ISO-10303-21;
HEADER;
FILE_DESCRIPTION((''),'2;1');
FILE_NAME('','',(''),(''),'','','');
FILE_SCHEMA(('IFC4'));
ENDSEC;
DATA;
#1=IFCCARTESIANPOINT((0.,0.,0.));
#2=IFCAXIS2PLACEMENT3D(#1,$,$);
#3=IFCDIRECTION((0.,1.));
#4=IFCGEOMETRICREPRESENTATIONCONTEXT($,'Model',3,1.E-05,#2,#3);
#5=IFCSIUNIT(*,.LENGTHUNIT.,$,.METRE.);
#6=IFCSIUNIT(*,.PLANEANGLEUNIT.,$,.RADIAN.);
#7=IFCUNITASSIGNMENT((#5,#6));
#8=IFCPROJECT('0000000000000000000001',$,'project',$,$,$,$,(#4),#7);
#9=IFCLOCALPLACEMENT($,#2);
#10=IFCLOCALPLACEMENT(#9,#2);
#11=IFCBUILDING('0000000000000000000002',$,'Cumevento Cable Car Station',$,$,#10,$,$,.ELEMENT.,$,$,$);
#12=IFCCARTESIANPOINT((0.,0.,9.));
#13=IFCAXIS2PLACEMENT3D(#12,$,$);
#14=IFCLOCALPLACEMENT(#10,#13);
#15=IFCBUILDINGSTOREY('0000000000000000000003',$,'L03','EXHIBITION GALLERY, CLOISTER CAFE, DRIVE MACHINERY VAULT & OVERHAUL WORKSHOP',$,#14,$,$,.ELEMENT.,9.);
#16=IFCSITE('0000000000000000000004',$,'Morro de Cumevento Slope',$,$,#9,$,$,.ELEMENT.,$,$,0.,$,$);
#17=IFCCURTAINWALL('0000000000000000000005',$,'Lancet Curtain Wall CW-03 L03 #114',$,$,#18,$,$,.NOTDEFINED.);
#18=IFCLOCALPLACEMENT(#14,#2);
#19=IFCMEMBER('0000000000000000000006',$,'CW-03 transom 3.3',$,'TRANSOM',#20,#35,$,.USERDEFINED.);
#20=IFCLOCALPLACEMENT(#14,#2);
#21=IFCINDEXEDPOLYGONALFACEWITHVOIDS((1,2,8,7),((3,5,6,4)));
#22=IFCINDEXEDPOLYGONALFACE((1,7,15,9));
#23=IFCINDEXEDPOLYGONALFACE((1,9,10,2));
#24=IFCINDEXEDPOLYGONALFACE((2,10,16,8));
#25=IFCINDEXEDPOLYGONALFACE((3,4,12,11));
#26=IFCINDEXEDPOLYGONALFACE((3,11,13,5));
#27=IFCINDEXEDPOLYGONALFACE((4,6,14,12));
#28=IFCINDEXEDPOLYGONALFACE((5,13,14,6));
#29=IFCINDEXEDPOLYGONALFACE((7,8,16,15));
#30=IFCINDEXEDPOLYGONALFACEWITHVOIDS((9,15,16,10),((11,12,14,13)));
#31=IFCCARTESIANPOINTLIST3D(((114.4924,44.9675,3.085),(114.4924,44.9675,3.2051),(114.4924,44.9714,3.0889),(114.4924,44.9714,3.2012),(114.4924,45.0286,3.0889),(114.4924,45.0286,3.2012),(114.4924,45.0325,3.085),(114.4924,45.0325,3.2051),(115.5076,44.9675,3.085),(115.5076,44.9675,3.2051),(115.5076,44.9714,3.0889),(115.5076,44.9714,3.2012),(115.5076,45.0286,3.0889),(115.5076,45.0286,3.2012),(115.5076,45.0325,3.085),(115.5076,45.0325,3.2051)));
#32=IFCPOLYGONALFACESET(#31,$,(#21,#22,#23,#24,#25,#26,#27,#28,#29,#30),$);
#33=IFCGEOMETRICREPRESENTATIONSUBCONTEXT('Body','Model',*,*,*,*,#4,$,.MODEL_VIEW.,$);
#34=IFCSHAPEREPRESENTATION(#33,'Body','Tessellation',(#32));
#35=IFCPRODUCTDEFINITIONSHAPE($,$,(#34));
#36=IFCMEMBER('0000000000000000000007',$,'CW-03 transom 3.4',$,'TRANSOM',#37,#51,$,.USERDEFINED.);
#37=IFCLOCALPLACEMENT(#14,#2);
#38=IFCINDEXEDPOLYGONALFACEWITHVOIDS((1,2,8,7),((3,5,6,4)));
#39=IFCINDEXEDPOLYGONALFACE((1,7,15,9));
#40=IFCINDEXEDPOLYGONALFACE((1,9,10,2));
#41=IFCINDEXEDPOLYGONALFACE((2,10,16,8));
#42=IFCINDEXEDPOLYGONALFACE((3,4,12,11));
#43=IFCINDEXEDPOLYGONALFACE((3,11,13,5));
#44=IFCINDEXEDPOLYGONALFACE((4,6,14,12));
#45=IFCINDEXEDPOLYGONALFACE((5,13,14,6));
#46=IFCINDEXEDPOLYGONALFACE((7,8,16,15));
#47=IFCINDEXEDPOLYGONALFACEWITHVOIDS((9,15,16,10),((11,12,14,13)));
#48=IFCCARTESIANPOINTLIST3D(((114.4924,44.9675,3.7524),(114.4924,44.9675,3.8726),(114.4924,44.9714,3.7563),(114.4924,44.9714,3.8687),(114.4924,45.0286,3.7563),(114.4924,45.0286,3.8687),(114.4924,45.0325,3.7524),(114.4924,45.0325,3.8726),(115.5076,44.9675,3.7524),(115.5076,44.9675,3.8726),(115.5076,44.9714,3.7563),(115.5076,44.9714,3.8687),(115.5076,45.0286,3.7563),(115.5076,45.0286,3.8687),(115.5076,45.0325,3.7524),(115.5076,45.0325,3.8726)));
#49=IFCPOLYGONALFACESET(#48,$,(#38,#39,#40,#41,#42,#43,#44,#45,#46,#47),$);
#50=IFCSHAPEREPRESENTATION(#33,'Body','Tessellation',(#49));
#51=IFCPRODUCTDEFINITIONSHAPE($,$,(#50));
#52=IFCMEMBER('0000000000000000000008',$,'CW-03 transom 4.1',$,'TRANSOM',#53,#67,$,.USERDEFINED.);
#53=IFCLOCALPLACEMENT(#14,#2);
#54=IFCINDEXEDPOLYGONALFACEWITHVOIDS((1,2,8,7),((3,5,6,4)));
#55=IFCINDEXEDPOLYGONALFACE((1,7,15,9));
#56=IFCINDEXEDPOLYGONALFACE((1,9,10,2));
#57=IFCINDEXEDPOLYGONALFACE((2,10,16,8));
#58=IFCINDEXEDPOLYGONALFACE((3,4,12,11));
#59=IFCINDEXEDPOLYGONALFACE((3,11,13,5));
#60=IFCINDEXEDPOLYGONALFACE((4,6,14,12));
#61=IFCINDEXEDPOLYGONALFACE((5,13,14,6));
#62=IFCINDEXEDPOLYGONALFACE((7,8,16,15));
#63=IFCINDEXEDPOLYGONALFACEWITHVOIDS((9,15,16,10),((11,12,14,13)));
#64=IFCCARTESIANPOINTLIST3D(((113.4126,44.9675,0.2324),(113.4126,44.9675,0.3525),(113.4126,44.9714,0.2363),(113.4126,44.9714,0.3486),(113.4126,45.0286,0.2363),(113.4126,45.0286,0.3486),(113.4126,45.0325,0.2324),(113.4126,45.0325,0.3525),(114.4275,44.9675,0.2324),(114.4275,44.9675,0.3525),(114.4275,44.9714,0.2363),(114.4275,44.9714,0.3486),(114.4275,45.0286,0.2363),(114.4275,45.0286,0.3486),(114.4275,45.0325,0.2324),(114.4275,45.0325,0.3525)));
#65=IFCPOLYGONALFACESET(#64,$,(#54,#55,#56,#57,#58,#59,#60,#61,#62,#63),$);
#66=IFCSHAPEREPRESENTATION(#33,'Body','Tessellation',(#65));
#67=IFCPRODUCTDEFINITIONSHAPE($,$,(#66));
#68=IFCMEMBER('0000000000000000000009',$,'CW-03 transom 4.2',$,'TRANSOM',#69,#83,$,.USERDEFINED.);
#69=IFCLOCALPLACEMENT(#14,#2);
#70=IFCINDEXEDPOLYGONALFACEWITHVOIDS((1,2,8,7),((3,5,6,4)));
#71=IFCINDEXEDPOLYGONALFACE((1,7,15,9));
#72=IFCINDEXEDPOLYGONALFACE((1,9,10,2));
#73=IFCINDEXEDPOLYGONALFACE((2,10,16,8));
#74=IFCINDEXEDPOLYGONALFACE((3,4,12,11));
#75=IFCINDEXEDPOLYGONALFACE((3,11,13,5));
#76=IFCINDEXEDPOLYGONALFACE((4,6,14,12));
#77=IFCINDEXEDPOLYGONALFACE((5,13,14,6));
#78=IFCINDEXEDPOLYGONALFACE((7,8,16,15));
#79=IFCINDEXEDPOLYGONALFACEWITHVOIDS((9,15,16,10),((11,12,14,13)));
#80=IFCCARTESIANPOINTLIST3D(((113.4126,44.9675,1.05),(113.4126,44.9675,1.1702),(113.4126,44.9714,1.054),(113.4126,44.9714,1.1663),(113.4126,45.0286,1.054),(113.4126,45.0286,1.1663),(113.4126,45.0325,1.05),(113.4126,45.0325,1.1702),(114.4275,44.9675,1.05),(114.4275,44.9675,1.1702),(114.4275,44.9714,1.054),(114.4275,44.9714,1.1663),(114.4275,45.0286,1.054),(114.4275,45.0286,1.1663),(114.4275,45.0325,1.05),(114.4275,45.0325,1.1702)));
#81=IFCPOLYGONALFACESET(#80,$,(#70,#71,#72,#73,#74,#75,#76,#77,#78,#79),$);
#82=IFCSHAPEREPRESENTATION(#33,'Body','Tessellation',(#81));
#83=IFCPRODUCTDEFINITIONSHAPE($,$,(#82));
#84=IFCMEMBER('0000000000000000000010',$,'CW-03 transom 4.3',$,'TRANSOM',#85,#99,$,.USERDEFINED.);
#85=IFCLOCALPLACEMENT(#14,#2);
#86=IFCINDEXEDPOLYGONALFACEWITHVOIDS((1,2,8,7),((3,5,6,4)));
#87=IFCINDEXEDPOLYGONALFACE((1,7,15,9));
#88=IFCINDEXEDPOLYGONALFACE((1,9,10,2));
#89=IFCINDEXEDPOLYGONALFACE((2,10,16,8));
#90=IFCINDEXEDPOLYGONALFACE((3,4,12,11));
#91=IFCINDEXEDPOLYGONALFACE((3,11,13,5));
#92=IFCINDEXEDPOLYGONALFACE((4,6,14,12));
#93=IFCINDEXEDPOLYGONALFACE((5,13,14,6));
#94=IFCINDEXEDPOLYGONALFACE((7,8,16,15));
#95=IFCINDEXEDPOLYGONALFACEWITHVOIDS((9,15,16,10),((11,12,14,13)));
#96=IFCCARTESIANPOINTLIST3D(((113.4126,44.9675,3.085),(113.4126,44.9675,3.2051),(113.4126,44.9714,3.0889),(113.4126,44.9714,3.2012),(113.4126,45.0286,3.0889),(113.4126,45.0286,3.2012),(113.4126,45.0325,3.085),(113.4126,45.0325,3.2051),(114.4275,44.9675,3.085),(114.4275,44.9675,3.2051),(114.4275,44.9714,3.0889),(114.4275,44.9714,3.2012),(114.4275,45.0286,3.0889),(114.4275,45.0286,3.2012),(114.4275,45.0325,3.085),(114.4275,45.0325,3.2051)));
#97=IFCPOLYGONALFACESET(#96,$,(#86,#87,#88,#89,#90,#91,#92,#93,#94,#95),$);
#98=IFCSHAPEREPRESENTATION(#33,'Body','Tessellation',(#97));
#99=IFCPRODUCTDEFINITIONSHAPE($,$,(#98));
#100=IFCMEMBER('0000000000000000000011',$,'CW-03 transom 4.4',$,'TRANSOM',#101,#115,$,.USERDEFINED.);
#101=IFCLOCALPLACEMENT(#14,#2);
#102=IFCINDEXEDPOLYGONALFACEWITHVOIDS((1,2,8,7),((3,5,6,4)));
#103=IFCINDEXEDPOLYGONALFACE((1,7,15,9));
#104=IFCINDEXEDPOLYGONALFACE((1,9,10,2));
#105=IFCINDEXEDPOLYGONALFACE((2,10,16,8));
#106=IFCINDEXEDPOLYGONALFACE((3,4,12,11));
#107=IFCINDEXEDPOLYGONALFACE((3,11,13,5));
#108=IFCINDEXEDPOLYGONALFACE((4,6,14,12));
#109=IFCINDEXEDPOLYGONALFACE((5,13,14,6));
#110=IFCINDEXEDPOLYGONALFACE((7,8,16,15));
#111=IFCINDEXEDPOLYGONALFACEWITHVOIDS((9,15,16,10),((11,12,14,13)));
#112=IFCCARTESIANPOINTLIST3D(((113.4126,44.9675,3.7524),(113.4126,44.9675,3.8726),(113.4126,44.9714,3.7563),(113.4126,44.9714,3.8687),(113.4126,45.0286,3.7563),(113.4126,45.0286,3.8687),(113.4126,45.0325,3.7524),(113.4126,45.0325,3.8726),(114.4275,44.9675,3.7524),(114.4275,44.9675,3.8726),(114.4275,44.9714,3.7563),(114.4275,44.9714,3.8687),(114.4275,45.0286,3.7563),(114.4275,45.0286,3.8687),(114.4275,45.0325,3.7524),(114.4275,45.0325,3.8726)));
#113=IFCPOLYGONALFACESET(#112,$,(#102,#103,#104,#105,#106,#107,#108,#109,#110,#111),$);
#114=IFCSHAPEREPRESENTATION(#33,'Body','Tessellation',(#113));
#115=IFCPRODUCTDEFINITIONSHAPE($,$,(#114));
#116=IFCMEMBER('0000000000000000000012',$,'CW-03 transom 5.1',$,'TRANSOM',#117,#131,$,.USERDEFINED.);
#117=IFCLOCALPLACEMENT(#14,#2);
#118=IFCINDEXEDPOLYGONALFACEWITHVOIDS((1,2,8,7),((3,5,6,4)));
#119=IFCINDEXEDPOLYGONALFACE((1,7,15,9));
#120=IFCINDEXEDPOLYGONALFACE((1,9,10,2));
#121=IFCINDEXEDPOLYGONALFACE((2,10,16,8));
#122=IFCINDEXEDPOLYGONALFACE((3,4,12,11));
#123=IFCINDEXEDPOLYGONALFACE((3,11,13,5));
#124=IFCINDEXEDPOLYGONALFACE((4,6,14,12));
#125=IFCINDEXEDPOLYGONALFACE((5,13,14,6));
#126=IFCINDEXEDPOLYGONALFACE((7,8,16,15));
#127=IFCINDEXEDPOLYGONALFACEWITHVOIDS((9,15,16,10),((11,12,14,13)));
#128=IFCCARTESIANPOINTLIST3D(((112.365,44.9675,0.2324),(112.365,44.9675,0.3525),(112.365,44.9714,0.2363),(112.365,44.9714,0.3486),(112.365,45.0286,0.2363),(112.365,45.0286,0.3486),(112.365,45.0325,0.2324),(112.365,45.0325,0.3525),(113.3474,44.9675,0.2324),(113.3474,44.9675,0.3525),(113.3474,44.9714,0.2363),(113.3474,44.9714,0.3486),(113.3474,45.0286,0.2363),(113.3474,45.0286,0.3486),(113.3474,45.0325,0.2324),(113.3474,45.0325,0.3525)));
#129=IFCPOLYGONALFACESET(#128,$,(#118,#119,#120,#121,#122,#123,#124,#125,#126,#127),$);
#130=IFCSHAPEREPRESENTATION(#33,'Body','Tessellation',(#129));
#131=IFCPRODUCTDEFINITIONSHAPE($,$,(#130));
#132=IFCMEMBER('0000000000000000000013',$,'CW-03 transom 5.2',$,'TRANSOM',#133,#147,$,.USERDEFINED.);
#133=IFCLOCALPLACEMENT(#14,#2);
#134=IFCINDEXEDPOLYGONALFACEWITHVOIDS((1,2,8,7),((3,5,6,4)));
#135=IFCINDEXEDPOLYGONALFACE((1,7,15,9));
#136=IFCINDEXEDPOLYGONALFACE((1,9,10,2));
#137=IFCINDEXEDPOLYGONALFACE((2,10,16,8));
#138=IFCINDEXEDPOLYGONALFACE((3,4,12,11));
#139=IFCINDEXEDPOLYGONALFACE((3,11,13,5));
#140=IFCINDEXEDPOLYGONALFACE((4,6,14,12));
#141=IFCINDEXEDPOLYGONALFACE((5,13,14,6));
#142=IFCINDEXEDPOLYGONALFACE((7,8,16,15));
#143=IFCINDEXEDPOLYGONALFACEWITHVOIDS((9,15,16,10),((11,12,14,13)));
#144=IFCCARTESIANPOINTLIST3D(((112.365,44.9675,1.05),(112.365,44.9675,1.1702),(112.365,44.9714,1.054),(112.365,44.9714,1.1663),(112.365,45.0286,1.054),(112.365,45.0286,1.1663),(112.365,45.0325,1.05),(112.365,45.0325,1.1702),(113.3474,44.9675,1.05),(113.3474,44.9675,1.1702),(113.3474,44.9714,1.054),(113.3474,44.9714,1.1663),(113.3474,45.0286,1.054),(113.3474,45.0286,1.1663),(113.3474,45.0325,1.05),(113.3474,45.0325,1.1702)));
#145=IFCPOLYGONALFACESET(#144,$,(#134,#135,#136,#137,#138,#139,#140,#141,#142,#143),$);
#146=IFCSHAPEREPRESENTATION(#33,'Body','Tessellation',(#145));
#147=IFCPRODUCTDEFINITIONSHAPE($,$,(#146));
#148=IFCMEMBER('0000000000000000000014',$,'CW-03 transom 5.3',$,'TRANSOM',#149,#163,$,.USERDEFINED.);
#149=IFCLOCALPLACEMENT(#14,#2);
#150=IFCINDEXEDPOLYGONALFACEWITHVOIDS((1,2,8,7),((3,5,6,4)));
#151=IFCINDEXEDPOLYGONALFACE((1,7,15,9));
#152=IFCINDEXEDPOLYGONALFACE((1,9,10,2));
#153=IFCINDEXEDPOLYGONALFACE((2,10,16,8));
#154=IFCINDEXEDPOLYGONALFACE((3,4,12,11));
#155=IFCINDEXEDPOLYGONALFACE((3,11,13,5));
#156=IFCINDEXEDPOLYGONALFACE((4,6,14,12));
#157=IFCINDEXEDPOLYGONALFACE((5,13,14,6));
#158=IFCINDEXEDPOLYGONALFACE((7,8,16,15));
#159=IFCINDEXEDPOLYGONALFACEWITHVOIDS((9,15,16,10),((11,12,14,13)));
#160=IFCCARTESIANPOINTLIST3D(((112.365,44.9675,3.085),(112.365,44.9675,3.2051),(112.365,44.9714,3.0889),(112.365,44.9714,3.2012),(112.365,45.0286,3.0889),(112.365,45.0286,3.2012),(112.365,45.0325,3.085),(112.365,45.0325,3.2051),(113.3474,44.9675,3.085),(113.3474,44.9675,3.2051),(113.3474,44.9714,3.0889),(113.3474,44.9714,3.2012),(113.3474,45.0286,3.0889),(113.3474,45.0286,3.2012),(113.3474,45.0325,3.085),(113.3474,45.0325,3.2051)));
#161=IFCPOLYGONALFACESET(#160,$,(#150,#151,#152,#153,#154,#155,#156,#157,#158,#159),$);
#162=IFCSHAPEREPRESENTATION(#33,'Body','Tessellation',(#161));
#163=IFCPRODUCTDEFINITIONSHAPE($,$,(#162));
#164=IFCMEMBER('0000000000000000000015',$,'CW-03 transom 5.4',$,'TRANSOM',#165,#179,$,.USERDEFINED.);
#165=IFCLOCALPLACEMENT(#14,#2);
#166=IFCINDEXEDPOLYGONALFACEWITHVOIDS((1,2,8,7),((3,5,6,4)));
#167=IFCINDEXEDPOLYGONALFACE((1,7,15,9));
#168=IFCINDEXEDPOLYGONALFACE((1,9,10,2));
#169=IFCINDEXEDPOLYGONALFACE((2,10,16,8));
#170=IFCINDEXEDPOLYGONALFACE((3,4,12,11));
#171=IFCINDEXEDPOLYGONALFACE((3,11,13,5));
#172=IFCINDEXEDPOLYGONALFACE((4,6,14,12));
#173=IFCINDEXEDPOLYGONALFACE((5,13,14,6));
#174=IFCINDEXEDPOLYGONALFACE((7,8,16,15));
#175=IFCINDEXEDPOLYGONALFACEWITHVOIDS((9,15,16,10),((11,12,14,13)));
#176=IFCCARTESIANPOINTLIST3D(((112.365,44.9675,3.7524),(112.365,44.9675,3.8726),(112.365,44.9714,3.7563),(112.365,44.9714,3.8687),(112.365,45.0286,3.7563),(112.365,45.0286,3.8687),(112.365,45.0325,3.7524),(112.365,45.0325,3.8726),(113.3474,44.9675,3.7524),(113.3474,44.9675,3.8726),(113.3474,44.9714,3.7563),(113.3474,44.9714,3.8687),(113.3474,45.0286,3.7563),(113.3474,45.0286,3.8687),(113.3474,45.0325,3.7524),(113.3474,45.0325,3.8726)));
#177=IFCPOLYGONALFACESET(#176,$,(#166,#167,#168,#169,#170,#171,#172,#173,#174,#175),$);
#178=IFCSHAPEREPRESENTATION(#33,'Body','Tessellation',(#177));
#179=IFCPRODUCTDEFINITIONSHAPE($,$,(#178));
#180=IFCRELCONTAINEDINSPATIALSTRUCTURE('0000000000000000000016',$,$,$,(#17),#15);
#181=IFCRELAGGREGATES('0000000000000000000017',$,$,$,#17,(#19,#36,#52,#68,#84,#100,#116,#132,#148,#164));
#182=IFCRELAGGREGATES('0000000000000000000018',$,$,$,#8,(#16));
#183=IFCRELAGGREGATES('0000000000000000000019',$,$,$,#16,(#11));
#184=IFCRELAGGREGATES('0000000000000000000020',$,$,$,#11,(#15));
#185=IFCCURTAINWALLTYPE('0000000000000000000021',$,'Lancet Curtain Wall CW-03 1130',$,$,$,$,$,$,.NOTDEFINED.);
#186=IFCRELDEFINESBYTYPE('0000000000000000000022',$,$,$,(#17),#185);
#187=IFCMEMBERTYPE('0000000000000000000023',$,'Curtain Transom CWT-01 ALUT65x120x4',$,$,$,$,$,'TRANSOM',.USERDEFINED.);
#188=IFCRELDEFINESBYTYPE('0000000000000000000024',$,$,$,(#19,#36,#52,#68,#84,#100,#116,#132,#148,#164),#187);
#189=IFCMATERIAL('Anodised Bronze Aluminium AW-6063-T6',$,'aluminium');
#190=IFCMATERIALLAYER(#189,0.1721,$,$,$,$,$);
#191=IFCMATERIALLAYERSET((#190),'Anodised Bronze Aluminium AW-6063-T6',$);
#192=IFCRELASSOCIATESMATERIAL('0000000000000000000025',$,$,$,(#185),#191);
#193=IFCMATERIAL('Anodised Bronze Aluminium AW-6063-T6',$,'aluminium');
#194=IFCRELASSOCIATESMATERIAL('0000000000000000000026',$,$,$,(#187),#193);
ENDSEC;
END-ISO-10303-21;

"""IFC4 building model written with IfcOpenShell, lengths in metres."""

from ifc_helpers import new_model, si_unit, direction, frame, origin, origin_2d, place, context, subcontext, project, spatial, hollow_rectangle, extrude, material, layer, layer_set, material_profile, profile_set, type_object, element, aggregate, save


model = new_model("IFC4")

# Units and contexts
model_context = context("Model", 3, precision=1e-05, world=origin(), true_north=direction((0.0, 1.0)))
body_context = subcontext(model_context, "Body", "Model", "MODEL_VIEW")
ifc_project = project(units=[si_unit("LENGTHUNIT", "METRE"), si_unit("PLANEANGLEUNIT", "RADIAN")], contexts=[model_context])

# Site, building, storey
site_placement = place(None, origin())
site = spatial("IfcSite", under=ifc_project, at=site_placement, Name="Morro de Cumevento Slope", CompositionType="ELEMENT", RefElevation=0.0)
building_placement = place(site_placement, origin())
building = spatial("IfcBuilding", under=site, at=building_placement, Name="Cumevento Cable Car Station", CompositionType="ELEMENT")
storey_placement = place(building_placement, frame((0.0, 0.0, 9.0)))
storey = spatial("IfcBuildingStorey", under=building, at=storey_placement, Name="L03", Description="EXHIBITION GALLERY, CLOISTER CAFE, DRIVE MACHINERY VAULT & OVERHAUL WORKSHOP", CompositionType="ELEMENT", Elevation=9.0)

# Curtain wall, members
ifc_material_1 = material(Name="Anodised Bronze Aluminium AW-6063-T6", Category="aluminium")
ifc_layer_1 = layer(ifc_material_1, 0.1721)
ifc_layer_set_1 = layer_set([ifc_layer_1], Name="Anodised Bronze Aluminium AW-6063-T6")
curtain_wall_type = type_object("IfcCurtainWallType", Name="Lancet Curtain Wall CW-03 1130", PredefinedType="NOTDEFINED", material=ifc_layer_set_1)
curtain_wall_placement = place(storey_placement, origin())
curtain_wall = element("IfcCurtainWall", 1, at=curtain_wall_placement, inside=storey, type_object=curtain_wall_type, Name="Lancet Curtain Wall CW-03 L03 #114", PredefinedType="NOTDEFINED")
ifc_material_2 = material(Name="Anodised Bronze Aluminium AW-6063-T6", Category="aluminium")
ifc_material_profile_1 = material_profile(ifc_material_2, hollow_rectangle(XDim=0.0649, YDim=0.1201, WallThickness=0.0039, at=origin_2d()), Name="ALUT65x120x4")
ifc_profile_set_1 = profile_set([ifc_material_profile_1], Name="Anodised Bronze Aluminium AW-6063-T6")
member_type_1 = type_object("IfcMemberType", Name="Curtain Transom CWT-01 ALUT65x120x4", ElementType="TRANSOM", PredefinedType="USERDEFINED", material=ifc_profile_set_1)
member_1_placement = place(storey_placement, frame((115.5076, 45.0, 3.145), z_axis=(-1.0, 0.0, 0.0), x_axis=(0.0, -1.0, 0.0)))
member_1 = element("IfcMember", 2, at=member_1_placement, type_object=member_type_1, Name="CW-03 transom 3.3", ObjectType="TRANSOM", PredefinedType="USERDEFINED", context=body_context, shape_type="SweptSolid", body=[
    extrude(hollow_rectangle(XDim=0.0649, YDim=0.1201, WallThickness=0.0039, at=origin_2d()), origin(), (0.0, 0.0, 1.0), 1.0151),
])
member_2_placement = place(storey_placement, frame((115.5076, 45.0, 3.8125), z_axis=(-1.0, 0.0, 0.0), x_axis=(0.0, -1.0, 0.0)))
member_2 = element("IfcMember", 3, at=member_2_placement, type_object=member_type_1, Name="CW-03 transom 3.4", ObjectType="TRANSOM", PredefinedType="USERDEFINED", context=body_context, shape_type="SweptSolid", body=[
    extrude(hollow_rectangle(XDim=0.0649, YDim=0.1201, WallThickness=0.0039, at=origin_2d()), origin(), (0.0, 0.0, 1.0), 1.0151),
])
member_3_placement = place(storey_placement, frame((114.4275, 45.0, 0.2925), z_axis=(-1.0, 0.0, 0.0), x_axis=(0.0, -1.0, 0.0)))
member_3 = element("IfcMember", 4, at=member_3_placement, type_object=member_type_1, Name="CW-03 transom 4.1", ObjectType="TRANSOM", PredefinedType="USERDEFINED", context=body_context, shape_type="SweptSolid", body=[
    extrude(hollow_rectangle(XDim=0.0649, YDim=0.1201, WallThickness=0.0039, at=origin_2d()), origin(), (0.0, 0.0, 1.0), 1.0149),
])
member_4_placement = place(storey_placement, frame((114.4275, 45.0, 1.1101), z_axis=(-1.0, 0.0, 0.0), x_axis=(0.0, -1.0, 0.0)))
member_4 = element("IfcMember", 5, at=member_4_placement, type_object=member_type_1, Name="CW-03 transom 4.2", ObjectType="TRANSOM", PredefinedType="USERDEFINED", context=body_context, shape_type="SweptSolid", body=[
    extrude(hollow_rectangle(XDim=0.0649, YDim=0.1201, WallThickness=0.0039, at=origin_2d()), origin(), (0.0, 0.0, 1.0), 1.0149),
])
member_5_placement = place(storey_placement, frame((114.4275, 45.0, 3.145), z_axis=(-1.0, 0.0, 0.0), x_axis=(0.0, -1.0, 0.0)))
member_5 = element("IfcMember", 6, at=member_5_placement, type_object=member_type_1, Name="CW-03 transom 4.3", ObjectType="TRANSOM", PredefinedType="USERDEFINED", context=body_context, shape_type="SweptSolid", body=[
    extrude(hollow_rectangle(XDim=0.0649, YDim=0.1201, WallThickness=0.0039, at=origin_2d()), origin(), (0.0, 0.0, 1.0), 1.0149),
])
member_6_placement = place(storey_placement, frame((114.4275, 45.0, 3.8125), z_axis=(-1.0, 0.0, 0.0), x_axis=(0.0, -1.0, 0.0)))
member_6 = element("IfcMember", 7, at=member_6_placement, type_object=member_type_1, Name="CW-03 transom 4.4", ObjectType="TRANSOM", PredefinedType="USERDEFINED", context=body_context, shape_type="SweptSolid", body=[
    extrude(hollow_rectangle(XDim=0.0649, YDim=0.1201, WallThickness=0.0039, at=origin_2d()), origin(), (0.0, 0.0, 1.0), 1.0149),
])
member_7_placement = place(storey_placement, frame((113.3474, 45.0, 0.2925), z_axis=(-1.0, 0.0, 0.0), x_axis=(0.0, -1.0, 0.0)))
member_7 = element("IfcMember", 8, at=member_7_placement, type_object=member_type_1, Name="CW-03 transom 5.1", ObjectType="TRANSOM", PredefinedType="USERDEFINED", context=body_context, shape_type="SweptSolid", body=[
    extrude(hollow_rectangle(XDim=0.0649, YDim=0.1201, WallThickness=0.0039, at=origin_2d()), origin(), (0.0, 0.0, 1.0), 0.9824),
])
member_8_placement = place(storey_placement, frame((113.3474, 45.0, 1.1101), z_axis=(-1.0, 0.0, 0.0), x_axis=(0.0, -1.0, 0.0)))
member_8 = element("IfcMember", 9, at=member_8_placement, type_object=member_type_1, Name="CW-03 transom 5.2", ObjectType="TRANSOM", PredefinedType="USERDEFINED", context=body_context, shape_type="SweptSolid", body=[
    extrude(hollow_rectangle(XDim=0.0649, YDim=0.1201, WallThickness=0.0039, at=origin_2d()), origin(), (0.0, 0.0, 1.0), 0.9824),
])
member_9_placement = place(storey_placement, frame((113.3474, 45.0, 3.145), z_axis=(-1.0, 0.0, 0.0), x_axis=(0.0, -1.0, 0.0)))
member_9 = element("IfcMember", 10, at=member_9_placement, type_object=member_type_1, Name="CW-03 transom 5.3", ObjectType="TRANSOM", PredefinedType="USERDEFINED", context=body_context, shape_type="SweptSolid", body=[
    extrude(hollow_rectangle(XDim=0.0649, YDim=0.1201, WallThickness=0.0039, at=origin_2d()), origin(), (0.0, 0.0, 1.0), 0.9824),
])
member_10_placement = place(storey_placement, frame((113.3474, 45.0, 3.8125), z_axis=(-1.0, 0.0, 0.0), x_axis=(0.0, -1.0, 0.0)))
member_10 = element("IfcMember", 11, at=member_10_placement, type_object=member_type_1, Name="CW-03 transom 5.4", ObjectType="TRANSOM", PredefinedType="USERDEFINED", context=body_context, shape_type="SweptSolid", body=[
    extrude(hollow_rectangle(XDim=0.0649, YDim=0.1201, WallThickness=0.0039, at=origin_2d()), origin(), (0.0, 0.0, 1.0), 0.9824),
])

aggregate(curtain_wall, [member_1, member_2, member_3, member_4, member_5, member_6, member_7, member_8, member_9, member_10])

save(model, "model.ifc")
